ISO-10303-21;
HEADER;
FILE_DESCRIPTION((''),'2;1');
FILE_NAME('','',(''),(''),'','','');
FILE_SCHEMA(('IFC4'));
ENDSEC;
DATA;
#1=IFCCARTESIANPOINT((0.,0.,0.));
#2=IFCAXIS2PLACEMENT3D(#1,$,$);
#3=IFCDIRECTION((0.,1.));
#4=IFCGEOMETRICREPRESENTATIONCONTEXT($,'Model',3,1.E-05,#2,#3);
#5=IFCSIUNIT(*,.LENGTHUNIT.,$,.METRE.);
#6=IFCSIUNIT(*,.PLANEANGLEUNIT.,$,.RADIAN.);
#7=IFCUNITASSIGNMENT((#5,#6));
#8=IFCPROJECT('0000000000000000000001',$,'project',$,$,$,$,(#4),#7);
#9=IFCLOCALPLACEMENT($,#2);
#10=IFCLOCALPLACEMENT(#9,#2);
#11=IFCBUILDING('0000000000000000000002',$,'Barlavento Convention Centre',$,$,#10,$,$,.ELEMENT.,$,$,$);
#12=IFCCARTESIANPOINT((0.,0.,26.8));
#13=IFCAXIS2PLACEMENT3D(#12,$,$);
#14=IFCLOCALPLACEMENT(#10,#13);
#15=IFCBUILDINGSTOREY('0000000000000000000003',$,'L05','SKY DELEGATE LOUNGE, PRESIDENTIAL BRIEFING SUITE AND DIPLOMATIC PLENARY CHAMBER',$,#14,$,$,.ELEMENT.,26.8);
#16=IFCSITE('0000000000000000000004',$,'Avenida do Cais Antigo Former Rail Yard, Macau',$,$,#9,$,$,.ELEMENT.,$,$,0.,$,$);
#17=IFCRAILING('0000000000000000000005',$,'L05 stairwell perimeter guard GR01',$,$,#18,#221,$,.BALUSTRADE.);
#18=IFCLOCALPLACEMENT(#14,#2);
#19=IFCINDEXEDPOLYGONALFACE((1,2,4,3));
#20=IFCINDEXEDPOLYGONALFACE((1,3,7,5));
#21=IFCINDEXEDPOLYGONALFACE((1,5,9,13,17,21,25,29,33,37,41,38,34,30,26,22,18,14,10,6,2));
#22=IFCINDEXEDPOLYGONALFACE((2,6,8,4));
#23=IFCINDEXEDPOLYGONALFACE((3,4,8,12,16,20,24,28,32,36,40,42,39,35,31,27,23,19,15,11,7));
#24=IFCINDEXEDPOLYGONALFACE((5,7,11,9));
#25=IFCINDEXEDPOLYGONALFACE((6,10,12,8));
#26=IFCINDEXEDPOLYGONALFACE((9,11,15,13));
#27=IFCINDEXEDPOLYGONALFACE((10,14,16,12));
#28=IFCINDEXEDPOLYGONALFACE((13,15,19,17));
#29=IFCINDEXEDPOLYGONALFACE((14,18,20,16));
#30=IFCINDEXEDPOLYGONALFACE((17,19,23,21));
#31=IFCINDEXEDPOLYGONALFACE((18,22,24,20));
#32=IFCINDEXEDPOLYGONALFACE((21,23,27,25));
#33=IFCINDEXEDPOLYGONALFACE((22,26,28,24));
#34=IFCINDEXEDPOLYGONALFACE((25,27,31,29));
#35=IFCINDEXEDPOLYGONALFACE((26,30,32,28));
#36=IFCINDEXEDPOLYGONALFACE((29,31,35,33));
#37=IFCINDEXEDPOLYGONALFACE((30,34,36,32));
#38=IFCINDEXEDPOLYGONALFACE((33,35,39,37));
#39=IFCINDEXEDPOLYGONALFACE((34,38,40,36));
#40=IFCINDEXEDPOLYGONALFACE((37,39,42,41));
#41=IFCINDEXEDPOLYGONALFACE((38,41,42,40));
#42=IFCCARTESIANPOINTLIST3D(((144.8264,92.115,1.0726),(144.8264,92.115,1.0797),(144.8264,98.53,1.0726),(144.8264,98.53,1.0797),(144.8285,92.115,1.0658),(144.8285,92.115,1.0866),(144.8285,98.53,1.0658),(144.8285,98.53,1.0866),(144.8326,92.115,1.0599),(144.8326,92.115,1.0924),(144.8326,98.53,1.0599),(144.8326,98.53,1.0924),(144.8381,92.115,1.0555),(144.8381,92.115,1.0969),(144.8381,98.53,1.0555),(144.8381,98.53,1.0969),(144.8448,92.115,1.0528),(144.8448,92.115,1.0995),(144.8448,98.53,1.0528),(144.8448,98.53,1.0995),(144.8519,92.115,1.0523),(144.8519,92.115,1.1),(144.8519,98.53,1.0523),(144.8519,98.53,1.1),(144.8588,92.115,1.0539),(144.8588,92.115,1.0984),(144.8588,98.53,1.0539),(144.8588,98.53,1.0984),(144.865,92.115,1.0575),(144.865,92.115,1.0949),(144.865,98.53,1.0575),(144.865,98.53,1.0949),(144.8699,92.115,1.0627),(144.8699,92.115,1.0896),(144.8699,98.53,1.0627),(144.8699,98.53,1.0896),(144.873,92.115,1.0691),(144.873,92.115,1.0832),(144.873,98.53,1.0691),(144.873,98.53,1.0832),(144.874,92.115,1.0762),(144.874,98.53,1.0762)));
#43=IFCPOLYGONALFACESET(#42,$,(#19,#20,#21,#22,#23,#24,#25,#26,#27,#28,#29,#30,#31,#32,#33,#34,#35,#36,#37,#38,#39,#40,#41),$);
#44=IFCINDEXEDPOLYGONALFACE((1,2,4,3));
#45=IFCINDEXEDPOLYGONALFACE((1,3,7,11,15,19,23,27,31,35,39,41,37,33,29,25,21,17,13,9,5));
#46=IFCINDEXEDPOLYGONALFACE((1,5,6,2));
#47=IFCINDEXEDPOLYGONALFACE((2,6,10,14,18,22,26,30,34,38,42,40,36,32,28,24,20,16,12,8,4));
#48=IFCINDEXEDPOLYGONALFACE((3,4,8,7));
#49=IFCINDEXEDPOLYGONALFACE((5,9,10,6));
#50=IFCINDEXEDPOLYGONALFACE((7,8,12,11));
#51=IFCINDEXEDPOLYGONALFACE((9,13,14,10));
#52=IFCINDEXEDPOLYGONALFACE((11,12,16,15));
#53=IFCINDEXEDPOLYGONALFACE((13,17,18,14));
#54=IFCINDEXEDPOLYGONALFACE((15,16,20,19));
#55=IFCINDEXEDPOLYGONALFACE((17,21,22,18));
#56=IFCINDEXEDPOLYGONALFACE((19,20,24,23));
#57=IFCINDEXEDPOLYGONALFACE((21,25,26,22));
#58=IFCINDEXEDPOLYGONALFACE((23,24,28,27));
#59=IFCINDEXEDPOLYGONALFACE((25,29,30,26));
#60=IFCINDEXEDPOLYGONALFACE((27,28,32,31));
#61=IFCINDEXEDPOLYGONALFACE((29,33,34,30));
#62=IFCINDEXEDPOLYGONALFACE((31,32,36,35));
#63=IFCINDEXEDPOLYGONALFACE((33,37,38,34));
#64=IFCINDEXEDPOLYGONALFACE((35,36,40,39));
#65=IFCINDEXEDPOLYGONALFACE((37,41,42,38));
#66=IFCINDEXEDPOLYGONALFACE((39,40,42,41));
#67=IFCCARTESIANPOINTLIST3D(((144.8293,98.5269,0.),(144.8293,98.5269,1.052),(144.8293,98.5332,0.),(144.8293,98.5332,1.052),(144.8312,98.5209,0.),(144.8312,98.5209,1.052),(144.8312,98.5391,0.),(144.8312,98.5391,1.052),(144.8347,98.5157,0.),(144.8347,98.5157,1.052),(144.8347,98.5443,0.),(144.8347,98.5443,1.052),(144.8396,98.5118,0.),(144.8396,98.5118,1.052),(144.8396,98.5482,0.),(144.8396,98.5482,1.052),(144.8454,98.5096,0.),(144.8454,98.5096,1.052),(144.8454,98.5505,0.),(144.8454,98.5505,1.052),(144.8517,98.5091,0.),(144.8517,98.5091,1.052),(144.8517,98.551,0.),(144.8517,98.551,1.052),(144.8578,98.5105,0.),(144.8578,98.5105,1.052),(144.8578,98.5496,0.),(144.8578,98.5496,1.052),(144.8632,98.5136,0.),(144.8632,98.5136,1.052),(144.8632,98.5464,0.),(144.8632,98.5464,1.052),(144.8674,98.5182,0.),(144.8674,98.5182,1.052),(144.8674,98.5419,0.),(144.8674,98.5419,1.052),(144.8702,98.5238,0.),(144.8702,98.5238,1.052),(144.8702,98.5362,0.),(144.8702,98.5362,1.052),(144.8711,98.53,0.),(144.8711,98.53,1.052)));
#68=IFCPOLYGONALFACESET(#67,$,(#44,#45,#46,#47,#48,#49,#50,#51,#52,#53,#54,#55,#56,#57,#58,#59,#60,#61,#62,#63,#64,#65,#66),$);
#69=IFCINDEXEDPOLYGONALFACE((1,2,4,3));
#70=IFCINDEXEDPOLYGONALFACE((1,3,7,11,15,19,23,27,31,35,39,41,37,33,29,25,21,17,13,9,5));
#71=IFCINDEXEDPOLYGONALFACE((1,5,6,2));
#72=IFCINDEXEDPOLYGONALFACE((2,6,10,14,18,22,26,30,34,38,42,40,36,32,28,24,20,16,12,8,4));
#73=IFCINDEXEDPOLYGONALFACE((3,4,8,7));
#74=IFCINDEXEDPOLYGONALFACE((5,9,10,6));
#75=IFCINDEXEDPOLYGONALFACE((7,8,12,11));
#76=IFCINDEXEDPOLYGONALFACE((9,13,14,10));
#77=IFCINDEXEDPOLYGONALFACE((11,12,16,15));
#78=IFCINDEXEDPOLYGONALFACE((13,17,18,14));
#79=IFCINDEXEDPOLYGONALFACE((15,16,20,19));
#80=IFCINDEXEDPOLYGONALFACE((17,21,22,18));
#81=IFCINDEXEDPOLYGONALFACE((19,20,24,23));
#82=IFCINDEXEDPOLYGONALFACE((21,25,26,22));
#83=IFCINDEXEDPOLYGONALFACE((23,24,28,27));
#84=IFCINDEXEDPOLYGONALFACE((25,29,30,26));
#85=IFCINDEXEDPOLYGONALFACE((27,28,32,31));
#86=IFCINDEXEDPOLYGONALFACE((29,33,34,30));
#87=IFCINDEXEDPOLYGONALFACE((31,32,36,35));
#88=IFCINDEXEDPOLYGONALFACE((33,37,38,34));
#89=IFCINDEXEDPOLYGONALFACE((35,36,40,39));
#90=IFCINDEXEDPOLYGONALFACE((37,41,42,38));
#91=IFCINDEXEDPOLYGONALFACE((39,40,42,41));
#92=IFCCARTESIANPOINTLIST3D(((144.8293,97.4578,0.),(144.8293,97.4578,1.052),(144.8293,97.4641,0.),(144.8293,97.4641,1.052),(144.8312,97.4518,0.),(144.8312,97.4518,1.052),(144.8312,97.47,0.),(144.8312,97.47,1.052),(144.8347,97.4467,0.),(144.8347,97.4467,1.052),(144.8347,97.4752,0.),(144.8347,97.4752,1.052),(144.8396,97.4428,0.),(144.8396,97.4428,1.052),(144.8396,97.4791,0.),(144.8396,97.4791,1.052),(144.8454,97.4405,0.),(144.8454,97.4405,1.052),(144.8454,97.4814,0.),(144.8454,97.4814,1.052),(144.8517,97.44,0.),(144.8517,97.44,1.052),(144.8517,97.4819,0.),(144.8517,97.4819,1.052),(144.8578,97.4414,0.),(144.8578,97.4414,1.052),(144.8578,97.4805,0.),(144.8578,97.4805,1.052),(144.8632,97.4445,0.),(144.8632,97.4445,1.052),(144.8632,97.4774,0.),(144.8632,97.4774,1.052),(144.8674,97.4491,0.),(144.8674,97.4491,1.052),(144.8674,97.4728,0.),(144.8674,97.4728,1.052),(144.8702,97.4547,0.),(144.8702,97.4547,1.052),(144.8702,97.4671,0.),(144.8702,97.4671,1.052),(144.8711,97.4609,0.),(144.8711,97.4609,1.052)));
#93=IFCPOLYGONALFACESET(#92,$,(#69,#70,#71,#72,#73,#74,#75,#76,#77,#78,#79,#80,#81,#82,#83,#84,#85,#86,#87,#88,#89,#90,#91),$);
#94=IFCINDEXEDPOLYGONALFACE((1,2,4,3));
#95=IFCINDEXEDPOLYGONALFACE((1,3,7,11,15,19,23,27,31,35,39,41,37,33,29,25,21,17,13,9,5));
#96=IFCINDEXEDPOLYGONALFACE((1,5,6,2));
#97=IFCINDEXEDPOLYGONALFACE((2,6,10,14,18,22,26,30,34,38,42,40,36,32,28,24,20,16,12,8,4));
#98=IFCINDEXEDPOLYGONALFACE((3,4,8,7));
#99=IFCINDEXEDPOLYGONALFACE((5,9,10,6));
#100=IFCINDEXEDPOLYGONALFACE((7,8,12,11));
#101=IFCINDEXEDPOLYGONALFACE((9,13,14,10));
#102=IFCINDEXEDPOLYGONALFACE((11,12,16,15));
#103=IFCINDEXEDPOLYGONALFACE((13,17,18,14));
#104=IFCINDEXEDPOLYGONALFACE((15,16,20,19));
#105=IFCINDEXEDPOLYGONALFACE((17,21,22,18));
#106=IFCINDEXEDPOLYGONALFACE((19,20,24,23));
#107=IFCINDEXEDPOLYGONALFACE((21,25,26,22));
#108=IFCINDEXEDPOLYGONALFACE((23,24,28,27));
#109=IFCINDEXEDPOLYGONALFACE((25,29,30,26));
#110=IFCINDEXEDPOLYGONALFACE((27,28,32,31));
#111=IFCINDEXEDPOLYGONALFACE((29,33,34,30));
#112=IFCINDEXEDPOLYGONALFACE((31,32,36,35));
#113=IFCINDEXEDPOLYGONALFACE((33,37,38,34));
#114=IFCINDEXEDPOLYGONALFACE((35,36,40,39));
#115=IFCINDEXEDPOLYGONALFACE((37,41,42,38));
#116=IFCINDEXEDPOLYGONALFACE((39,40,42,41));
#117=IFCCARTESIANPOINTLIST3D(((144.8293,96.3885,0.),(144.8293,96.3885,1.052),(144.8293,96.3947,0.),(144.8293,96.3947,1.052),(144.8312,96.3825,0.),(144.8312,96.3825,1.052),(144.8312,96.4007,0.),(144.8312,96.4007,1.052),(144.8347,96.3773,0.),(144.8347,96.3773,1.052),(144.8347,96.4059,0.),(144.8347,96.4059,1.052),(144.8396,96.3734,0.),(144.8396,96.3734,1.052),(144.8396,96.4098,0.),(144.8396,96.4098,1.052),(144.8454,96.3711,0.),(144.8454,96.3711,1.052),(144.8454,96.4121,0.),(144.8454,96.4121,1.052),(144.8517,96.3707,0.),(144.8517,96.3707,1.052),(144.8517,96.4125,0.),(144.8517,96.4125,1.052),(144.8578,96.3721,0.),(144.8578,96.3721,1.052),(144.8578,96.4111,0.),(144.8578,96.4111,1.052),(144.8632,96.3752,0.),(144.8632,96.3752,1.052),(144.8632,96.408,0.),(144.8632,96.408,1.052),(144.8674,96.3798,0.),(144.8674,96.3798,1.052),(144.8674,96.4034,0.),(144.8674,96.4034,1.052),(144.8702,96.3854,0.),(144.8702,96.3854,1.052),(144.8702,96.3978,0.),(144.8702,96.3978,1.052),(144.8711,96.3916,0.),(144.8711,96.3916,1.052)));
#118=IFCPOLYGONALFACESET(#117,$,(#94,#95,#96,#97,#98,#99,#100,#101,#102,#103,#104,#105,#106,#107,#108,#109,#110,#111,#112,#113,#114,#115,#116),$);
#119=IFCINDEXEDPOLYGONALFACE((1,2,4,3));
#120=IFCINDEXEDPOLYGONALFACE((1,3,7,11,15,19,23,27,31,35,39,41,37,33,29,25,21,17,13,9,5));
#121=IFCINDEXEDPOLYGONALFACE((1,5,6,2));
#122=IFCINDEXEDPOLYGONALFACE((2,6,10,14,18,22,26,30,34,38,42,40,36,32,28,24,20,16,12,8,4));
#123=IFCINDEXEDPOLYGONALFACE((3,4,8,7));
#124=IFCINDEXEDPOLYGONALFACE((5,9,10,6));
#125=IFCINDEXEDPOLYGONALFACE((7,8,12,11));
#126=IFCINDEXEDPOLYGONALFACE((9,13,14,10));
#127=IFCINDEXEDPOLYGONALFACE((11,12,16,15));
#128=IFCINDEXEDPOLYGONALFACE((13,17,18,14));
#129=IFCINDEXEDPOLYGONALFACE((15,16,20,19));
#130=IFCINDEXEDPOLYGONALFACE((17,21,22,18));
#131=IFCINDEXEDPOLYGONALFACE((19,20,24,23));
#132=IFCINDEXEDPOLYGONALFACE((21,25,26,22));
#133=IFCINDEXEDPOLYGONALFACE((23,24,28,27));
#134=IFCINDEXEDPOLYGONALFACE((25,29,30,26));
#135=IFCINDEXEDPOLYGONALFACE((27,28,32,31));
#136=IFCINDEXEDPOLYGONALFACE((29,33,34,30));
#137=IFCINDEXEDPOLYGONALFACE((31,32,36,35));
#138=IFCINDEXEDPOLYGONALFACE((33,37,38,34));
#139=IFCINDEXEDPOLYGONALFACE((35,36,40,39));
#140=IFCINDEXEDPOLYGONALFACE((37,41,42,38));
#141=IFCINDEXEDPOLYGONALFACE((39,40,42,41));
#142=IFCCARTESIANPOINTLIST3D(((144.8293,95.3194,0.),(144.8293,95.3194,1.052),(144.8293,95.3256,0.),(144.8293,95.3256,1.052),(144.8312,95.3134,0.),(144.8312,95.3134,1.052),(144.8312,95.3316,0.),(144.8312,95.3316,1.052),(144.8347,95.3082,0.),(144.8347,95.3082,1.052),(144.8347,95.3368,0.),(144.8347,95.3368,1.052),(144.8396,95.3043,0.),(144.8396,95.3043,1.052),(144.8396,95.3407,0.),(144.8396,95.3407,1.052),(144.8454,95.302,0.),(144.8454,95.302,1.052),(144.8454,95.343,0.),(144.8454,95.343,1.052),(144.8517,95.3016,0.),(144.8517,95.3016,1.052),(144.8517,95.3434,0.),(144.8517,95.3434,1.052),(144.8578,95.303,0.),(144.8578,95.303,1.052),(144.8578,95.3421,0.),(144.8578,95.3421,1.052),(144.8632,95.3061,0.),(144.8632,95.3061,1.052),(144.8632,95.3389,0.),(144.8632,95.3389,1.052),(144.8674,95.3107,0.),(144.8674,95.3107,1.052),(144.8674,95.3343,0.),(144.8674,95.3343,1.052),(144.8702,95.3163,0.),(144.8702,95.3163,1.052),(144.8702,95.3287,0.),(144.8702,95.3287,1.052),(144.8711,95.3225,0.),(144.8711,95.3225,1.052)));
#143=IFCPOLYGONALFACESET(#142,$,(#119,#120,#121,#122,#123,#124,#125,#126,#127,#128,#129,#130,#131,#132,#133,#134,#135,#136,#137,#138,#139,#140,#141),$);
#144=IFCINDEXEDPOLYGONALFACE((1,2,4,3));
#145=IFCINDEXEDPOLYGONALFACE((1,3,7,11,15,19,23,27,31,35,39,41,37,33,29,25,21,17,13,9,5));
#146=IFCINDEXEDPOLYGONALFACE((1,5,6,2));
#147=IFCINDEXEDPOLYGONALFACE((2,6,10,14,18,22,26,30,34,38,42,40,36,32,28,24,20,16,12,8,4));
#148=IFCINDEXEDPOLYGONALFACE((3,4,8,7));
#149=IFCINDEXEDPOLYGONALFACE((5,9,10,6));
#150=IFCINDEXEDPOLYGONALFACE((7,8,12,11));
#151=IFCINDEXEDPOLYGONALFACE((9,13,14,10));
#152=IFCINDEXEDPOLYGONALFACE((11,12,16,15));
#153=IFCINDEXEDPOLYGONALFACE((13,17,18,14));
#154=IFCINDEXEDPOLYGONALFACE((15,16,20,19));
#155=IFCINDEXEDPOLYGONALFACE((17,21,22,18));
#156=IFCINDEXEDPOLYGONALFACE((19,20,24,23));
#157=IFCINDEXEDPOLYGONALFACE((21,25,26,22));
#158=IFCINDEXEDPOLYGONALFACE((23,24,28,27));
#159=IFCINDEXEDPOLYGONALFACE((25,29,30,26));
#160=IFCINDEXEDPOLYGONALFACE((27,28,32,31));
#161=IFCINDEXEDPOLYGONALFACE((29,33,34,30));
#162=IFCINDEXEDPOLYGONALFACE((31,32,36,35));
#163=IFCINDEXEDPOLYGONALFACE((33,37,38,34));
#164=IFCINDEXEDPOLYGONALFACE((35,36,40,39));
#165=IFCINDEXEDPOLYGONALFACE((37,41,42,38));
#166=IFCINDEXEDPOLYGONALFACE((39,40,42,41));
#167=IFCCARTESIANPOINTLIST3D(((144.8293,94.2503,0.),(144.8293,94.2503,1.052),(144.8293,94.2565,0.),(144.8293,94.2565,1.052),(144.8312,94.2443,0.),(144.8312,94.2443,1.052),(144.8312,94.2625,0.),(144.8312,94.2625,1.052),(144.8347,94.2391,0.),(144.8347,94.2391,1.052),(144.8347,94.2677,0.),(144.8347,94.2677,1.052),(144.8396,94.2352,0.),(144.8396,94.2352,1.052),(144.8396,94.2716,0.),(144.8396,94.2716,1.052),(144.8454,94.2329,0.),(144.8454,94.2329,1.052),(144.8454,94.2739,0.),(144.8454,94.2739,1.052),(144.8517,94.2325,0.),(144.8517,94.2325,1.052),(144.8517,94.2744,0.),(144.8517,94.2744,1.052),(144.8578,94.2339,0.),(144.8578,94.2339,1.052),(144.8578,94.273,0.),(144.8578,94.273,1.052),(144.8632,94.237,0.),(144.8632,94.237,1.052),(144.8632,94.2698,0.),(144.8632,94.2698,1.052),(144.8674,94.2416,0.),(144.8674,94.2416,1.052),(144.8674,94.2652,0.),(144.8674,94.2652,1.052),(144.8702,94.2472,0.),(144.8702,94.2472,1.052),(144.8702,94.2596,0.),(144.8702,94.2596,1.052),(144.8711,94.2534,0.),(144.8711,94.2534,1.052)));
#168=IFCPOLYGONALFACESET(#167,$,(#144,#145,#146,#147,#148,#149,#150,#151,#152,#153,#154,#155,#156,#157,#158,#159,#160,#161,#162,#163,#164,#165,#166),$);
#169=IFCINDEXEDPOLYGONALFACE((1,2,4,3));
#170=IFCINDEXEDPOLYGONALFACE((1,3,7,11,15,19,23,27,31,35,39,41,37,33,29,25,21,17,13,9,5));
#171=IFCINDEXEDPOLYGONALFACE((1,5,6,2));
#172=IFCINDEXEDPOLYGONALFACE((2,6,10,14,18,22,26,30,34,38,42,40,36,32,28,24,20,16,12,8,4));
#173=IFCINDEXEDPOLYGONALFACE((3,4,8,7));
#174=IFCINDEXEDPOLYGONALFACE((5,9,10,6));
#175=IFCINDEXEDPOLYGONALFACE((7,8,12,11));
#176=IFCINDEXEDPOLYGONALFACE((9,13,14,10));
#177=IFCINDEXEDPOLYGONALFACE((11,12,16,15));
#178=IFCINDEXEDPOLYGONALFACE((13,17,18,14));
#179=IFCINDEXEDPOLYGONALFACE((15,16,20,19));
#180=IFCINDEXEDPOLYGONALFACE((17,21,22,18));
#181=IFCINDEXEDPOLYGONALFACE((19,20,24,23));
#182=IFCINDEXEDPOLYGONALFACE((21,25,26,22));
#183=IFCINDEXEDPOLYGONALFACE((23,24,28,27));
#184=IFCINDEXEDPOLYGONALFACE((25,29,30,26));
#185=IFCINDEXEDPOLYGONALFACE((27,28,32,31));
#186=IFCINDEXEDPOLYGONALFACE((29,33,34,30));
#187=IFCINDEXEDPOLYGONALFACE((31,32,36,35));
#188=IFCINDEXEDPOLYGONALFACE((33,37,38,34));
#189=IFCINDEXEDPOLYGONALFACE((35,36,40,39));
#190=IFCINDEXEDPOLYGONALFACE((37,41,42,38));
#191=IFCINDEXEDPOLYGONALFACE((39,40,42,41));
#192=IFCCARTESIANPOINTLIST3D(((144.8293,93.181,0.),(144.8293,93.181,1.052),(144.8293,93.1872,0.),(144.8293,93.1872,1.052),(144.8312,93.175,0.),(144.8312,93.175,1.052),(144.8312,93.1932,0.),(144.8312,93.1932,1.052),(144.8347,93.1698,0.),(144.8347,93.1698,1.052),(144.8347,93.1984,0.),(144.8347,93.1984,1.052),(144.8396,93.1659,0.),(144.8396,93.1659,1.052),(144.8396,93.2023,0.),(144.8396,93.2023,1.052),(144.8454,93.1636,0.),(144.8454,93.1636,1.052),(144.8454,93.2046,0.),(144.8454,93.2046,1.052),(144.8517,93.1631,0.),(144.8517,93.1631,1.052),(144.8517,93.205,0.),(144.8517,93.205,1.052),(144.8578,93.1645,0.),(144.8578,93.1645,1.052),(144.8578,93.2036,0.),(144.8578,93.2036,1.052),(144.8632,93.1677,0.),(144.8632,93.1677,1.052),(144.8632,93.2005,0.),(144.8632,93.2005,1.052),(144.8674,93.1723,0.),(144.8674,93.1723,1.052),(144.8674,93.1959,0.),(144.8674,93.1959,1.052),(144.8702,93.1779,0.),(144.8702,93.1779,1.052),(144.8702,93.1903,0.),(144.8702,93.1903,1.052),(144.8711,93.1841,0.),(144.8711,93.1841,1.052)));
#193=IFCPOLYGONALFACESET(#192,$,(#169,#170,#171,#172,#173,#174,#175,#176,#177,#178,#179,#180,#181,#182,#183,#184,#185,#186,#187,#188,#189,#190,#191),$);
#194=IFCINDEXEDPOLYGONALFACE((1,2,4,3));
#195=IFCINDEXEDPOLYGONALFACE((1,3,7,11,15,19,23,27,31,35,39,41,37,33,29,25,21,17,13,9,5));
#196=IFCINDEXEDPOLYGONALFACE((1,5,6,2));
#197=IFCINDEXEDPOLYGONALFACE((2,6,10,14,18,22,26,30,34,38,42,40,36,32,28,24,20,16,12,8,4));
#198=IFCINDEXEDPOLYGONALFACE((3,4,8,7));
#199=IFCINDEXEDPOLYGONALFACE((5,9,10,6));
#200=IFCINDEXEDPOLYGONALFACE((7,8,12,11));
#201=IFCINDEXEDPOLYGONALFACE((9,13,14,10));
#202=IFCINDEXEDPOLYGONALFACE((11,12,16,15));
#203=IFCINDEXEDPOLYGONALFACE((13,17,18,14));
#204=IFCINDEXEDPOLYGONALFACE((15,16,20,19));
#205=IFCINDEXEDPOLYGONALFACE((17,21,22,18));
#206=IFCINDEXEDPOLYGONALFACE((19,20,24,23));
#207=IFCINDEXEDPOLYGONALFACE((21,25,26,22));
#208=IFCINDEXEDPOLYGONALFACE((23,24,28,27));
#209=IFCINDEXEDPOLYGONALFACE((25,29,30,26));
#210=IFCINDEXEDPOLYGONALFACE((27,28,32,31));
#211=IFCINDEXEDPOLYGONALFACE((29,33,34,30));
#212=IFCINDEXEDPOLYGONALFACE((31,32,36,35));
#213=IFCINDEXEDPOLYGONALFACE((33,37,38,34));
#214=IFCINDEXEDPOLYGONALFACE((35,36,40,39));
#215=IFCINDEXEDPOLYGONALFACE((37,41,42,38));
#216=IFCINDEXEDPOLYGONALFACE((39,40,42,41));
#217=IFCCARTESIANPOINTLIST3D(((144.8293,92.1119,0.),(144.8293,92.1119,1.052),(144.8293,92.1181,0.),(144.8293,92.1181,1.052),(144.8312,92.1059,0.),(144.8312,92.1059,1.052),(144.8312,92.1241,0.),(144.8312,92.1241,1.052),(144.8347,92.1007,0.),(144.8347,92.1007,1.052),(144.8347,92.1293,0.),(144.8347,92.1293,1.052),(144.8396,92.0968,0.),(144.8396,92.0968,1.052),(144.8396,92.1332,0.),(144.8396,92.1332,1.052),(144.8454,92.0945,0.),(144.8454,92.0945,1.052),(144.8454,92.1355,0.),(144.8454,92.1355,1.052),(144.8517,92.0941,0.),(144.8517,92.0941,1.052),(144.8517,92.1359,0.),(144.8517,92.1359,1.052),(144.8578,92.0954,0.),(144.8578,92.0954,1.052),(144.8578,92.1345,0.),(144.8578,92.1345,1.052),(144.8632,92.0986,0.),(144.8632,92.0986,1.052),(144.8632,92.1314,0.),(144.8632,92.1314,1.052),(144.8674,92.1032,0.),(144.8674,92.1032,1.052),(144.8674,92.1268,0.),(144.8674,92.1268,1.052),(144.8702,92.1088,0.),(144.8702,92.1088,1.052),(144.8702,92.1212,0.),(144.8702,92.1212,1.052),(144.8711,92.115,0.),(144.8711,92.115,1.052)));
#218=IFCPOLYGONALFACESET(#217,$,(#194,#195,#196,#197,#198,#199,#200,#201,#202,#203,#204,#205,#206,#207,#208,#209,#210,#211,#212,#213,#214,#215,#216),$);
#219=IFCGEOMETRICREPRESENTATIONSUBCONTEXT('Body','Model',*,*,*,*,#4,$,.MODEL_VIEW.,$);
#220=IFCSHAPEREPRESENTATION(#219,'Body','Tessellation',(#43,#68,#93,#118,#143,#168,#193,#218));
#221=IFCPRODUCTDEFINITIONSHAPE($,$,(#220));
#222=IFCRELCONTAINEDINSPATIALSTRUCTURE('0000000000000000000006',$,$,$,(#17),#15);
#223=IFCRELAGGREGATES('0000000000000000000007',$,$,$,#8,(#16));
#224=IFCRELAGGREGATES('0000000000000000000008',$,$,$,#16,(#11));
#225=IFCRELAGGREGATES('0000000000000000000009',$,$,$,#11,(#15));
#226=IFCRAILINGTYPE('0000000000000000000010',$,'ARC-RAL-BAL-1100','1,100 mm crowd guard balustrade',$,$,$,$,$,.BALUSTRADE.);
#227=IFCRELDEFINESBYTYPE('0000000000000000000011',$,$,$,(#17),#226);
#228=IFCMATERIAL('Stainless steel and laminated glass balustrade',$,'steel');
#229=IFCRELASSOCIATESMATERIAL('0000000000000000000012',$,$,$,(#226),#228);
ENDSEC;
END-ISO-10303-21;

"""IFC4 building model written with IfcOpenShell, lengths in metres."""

from ifc_helpers import new_model, si_unit, direction, frame, origin, origin_2d, place, context, subcontext, project, spatial, circle, extrude, material, type_object, element, save


model = new_model("IFC4")

# Units and contexts
model_context = context("Model", 3, precision=1e-05, world=origin(), true_north=direction((0.0, 1.0)))
body_context = subcontext(model_context, "Body", "Model", "MODEL_VIEW")
ifc_project = project(units=[si_unit("LENGTHUNIT", "METRE"), si_unit("PLANEANGLEUNIT", "RADIAN")], contexts=[model_context])

# Site, building, storey
site_placement = place(None, origin())
site = spatial("IfcSite", under=ifc_project, at=site_placement, Name="Avenida do Cais Antigo Former Rail Yard, Macau", CompositionType="ELEMENT", RefElevation=0.0)
building_placement = place(site_placement, origin())
building = spatial("IfcBuilding", under=site, at=building_placement, Name="Barlavento Convention Centre", CompositionType="ELEMENT")
storey_placement = place(building_placement, frame((0.0, 0.0, 26.8)))
storey = spatial("IfcBuildingStorey", under=building, at=storey_placement, Name="L05", Description="SKY DELEGATE LOUNGE, PRESIDENTIAL BRIEFING SUITE AND DIPLOMATIC PLENARY CHAMBER", CompositionType="ELEMENT", Elevation=26.8)

# Railing
ifc_material_1 = material(Name="Stainless steel and laminated glass balustrade", Category="steel")
railing_type = type_object("IfcRailingType", Name="ARC-RAL-BAL-1100", Description="1,100 mm crowd guard balustrade", PredefinedType="BALUSTRADE", material=ifc_material_1)
railing_1_placement = place(storey_placement, frame((144.8501, 98.53, 0.0)))
element("IfcRailing", 1, at=railing_1_placement, inside=storey, type_object=railing_type, Name="L05 stairwell perimeter guard GR01", PredefinedType="BALUSTRADE", context=body_context, shape_type="SweptSolid", body=[
    extrude(circle(Radius=0.0239, at=origin_2d()), frame((0.0, 0.0, 1.0762), z_axis=(0.0, -1.0, 0.0), x_axis=(1.0, 0.0, 0.0)), (0.0, 0.0, 1.0), 6.415),
    extrude(circle(Radius=0.021, at=origin_2d()), origin(), (0.0, 0.0, 1.0), 1.052),
    extrude(circle(Radius=0.021, at=origin_2d()), frame((0.0, -1.0691, 0.0)), (0.0, 0.0, 1.0), 1.052),
    extrude(circle(Radius=0.021, at=origin_2d()), frame((0.0, -2.1384, 0.0)), (0.0, 0.0, 1.0), 1.052),
    extrude(circle(Radius=0.021, at=origin_2d()), frame((0.0, -3.2075, 0.0)), (0.0, 0.0, 1.0), 1.052),
    extrude(circle(Radius=0.021, at=origin_2d()), frame((0.0, -4.2766, 0.0)), (0.0, 0.0, 1.0), 1.052),
    extrude(circle(Radius=0.021, at=origin_2d()), frame((0.0, -5.3459, 0.0)), (0.0, 0.0, 1.0), 1.052),
    extrude(circle(Radius=0.021, at=origin_2d()), frame((0.0, -6.415, 0.0)), (0.0, 0.0, 1.0), 1.052),
])

save(model, "model.ifc")
